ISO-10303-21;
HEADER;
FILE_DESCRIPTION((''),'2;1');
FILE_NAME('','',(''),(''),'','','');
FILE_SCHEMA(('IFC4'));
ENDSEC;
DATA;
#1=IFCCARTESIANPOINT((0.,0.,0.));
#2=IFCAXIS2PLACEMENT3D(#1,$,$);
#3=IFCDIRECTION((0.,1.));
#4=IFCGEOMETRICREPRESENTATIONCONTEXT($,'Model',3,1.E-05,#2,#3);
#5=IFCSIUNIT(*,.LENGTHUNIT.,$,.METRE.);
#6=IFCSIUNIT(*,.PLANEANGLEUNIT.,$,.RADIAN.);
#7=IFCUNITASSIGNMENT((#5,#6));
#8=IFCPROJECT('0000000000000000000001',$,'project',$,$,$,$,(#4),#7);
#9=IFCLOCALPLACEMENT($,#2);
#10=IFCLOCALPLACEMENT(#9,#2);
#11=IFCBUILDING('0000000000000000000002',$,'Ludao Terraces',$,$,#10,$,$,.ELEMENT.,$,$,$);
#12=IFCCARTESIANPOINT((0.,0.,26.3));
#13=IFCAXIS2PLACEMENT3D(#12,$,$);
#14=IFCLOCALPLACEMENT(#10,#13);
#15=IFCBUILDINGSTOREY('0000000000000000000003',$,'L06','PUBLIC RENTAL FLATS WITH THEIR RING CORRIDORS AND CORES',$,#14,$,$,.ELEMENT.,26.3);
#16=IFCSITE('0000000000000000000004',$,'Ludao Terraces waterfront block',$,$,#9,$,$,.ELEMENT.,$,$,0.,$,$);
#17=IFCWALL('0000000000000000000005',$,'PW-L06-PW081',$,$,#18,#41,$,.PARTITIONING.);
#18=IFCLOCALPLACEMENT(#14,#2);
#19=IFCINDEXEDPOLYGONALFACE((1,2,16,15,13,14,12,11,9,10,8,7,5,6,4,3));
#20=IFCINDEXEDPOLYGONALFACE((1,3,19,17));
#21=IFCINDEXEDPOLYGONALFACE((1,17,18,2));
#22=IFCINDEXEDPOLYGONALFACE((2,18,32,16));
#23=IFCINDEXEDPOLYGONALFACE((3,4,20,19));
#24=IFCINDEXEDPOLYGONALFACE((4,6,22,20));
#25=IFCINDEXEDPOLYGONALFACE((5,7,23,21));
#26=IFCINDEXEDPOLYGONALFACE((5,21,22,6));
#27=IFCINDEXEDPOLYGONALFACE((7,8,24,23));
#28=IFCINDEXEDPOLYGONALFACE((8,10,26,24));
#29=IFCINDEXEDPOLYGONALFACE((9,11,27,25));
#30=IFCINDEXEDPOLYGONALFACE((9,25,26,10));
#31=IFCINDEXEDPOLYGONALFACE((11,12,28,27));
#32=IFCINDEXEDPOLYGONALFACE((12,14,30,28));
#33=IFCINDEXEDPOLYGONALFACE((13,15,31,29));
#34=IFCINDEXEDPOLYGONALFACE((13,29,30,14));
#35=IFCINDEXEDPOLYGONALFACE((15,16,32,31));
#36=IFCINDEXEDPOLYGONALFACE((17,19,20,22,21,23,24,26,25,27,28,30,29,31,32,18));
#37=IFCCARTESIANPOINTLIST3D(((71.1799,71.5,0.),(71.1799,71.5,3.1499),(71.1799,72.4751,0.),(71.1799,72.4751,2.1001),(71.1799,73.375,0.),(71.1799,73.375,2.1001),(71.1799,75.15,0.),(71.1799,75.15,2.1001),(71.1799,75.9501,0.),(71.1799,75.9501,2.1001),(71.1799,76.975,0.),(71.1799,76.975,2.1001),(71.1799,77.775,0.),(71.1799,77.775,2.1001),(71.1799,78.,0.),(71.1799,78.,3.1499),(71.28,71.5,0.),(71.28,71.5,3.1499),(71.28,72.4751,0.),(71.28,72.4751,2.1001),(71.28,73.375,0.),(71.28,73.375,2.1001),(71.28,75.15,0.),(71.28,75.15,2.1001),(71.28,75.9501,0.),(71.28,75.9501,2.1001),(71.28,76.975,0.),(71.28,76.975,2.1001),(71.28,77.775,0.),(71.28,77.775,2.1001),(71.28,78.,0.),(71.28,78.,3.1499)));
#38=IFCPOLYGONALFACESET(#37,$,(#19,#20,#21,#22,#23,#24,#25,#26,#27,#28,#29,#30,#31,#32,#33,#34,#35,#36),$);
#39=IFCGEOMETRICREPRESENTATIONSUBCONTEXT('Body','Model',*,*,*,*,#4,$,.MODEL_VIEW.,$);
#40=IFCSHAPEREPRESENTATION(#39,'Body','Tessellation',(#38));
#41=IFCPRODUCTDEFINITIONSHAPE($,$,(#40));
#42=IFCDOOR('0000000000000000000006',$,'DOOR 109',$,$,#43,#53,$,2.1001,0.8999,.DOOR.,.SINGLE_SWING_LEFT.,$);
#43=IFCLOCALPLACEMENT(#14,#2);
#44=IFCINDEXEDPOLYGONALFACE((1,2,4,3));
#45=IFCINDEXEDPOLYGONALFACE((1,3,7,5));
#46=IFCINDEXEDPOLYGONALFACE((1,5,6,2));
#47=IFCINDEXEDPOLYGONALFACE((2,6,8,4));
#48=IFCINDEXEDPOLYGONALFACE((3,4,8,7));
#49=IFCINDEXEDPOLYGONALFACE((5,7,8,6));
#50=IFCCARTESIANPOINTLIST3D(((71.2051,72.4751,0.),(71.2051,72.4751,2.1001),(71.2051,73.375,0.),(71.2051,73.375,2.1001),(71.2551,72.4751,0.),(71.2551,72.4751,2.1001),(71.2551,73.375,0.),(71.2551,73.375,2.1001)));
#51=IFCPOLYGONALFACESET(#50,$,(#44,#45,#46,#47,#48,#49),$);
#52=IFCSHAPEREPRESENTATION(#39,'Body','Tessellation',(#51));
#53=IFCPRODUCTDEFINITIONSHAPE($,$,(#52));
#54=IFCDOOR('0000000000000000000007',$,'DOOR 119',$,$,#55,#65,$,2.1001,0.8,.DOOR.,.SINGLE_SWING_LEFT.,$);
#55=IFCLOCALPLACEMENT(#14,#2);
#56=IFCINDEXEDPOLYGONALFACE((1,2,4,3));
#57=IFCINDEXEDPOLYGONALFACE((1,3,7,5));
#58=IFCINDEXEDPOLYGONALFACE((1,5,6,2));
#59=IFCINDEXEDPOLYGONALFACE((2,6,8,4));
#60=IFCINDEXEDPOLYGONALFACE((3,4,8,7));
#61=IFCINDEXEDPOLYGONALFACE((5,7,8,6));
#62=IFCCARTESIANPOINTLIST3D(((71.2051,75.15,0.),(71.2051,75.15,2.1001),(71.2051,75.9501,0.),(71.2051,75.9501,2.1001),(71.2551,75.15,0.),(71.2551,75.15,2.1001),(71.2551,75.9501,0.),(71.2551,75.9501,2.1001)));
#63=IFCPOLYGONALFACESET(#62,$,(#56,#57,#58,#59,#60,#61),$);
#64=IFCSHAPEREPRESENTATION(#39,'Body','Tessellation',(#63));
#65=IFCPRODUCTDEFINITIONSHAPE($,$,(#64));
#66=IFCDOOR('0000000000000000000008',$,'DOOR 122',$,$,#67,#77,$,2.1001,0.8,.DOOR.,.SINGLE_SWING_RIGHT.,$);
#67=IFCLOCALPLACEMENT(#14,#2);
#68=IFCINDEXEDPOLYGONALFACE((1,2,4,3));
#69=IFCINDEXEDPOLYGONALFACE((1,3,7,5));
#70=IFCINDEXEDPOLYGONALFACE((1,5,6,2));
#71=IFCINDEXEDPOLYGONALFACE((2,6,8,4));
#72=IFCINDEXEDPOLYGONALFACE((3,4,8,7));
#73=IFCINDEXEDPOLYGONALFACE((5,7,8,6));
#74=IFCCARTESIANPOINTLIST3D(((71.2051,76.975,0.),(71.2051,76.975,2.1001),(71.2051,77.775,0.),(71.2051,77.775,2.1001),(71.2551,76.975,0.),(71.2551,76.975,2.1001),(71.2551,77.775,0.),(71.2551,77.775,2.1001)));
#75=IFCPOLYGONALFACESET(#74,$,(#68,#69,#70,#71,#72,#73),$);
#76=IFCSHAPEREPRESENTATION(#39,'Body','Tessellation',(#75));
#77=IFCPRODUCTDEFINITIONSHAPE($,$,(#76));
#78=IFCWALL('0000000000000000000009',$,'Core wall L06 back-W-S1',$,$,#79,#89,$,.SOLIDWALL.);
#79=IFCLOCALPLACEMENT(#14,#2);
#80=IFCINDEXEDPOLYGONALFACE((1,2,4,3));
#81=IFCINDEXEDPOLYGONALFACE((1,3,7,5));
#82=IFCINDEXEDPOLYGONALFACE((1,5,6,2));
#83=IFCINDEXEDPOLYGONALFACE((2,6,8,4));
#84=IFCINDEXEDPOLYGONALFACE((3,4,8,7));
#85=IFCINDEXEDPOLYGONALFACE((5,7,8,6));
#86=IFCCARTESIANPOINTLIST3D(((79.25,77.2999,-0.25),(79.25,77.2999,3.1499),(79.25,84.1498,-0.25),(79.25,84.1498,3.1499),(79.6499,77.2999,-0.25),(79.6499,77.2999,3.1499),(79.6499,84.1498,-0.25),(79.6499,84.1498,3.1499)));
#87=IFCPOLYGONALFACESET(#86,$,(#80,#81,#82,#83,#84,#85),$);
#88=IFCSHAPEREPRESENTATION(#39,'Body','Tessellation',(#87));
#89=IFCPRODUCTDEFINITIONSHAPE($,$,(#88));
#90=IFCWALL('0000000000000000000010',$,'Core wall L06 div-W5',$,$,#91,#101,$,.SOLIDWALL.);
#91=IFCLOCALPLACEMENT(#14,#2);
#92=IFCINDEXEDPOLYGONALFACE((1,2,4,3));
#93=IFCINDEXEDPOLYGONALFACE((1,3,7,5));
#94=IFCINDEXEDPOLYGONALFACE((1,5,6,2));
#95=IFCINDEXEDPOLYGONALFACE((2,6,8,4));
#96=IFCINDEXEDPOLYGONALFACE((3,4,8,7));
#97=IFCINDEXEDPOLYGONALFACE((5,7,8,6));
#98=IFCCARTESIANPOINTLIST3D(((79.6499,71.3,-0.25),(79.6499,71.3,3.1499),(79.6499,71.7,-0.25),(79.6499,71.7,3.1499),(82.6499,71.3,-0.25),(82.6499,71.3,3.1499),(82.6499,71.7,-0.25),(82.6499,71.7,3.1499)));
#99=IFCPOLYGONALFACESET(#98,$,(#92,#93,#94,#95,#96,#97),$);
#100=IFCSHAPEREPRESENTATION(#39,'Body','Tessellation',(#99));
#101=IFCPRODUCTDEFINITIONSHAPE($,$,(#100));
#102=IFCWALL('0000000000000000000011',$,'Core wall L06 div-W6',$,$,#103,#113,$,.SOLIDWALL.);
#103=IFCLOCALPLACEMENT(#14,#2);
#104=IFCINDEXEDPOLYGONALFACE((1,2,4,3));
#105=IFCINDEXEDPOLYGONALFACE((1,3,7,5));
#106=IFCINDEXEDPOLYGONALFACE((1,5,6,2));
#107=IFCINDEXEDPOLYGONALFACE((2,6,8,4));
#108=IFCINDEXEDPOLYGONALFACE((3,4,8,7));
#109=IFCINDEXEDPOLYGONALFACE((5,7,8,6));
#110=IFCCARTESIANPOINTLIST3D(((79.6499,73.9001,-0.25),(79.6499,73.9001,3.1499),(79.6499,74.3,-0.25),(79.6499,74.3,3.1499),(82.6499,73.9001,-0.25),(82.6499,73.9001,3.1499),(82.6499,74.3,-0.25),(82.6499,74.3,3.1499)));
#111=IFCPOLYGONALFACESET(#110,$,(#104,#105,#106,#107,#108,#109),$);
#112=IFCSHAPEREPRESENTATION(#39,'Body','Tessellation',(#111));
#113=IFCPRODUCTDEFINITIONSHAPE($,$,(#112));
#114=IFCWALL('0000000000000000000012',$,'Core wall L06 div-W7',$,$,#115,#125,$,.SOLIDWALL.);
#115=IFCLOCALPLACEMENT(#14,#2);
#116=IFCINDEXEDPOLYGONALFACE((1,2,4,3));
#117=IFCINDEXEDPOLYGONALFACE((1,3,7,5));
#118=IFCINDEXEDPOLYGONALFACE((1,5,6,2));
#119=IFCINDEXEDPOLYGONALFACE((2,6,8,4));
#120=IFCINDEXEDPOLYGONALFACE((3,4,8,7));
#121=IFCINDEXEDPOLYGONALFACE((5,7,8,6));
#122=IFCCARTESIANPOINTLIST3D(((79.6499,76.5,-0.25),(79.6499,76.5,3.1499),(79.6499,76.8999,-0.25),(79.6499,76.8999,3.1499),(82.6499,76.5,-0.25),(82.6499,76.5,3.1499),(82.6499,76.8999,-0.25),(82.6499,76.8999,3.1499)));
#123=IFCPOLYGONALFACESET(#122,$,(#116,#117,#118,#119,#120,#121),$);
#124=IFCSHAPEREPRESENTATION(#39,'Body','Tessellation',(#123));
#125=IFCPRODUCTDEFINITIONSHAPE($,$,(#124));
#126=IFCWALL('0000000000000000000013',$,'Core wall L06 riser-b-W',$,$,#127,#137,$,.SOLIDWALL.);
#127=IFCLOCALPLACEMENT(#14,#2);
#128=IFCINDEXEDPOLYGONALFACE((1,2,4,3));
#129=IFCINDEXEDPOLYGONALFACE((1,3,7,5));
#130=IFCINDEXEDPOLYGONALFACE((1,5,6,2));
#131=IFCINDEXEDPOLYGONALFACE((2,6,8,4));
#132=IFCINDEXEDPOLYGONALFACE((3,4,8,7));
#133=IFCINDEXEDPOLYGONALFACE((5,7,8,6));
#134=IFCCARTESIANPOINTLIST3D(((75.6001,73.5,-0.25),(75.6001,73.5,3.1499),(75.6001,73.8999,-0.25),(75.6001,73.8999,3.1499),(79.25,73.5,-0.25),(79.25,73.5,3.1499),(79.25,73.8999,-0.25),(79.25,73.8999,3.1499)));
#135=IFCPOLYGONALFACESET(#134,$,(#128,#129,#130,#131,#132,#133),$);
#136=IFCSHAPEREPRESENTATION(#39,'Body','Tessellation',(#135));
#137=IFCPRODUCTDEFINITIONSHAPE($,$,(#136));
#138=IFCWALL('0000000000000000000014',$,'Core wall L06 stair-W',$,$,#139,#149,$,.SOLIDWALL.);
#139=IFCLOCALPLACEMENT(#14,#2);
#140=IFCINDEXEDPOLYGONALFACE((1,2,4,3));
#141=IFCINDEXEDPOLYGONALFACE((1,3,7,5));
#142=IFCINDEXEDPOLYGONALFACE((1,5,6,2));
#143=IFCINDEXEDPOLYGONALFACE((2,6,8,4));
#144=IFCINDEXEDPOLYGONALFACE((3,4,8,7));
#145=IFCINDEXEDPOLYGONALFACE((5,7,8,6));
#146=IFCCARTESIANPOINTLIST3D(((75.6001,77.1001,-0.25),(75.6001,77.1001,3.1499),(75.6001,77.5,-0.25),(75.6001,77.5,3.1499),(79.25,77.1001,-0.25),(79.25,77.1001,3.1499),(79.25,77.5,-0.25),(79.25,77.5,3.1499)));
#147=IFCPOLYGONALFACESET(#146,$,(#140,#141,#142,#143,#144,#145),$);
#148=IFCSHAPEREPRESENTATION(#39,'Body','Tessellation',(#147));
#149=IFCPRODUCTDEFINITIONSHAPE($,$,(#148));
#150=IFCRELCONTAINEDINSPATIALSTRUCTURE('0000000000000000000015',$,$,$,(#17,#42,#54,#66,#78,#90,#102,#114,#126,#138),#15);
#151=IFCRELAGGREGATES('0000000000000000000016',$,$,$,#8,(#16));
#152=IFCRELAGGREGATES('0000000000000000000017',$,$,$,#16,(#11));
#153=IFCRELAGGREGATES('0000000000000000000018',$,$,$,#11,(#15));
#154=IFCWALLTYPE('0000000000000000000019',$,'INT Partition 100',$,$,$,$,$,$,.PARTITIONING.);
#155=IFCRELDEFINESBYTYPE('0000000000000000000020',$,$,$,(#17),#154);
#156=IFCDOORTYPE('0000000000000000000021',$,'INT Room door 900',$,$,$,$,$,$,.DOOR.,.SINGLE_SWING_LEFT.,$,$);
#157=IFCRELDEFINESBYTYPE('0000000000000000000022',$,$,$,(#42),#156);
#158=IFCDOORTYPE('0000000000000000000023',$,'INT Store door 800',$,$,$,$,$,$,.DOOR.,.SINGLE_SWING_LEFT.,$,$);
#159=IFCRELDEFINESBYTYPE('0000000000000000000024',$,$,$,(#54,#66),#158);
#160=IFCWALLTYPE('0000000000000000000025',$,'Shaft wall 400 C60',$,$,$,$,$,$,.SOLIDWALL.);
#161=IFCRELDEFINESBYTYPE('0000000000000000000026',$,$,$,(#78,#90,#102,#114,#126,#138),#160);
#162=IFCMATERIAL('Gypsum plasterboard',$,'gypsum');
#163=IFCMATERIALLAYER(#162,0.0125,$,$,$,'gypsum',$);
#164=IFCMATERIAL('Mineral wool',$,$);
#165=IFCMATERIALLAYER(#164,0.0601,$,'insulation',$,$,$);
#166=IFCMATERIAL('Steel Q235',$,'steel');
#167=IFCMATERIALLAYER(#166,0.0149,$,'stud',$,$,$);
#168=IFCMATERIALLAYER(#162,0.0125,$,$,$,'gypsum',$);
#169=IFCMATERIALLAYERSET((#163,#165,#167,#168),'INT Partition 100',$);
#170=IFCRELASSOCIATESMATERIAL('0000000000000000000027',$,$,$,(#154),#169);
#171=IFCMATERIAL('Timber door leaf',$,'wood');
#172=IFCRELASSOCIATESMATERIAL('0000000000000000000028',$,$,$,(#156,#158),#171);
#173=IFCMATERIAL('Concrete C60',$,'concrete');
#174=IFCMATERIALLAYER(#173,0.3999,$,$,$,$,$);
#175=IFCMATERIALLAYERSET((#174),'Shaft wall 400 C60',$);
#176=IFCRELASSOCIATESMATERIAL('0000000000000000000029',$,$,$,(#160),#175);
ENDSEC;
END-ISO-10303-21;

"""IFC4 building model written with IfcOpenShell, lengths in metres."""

from ifc_helpers import new_model, si_unit, direction, frame, frame_2d, origin, place, context, subcontext, project, spatial, rectangle, extrude, material, layer, layer_set, type_object, element, fill, save


model = new_model("IFC4")

# Units and contexts
model_context = context("Model", 3, precision=1e-05, world=origin(), true_north=direction((0.0, 1.0)))
body_context = subcontext(model_context, "Body", "Model", "MODEL_VIEW")
ifc_project = project(units=[si_unit("LENGTHUNIT", "METRE"), si_unit("PLANEANGLEUNIT", "RADIAN")], contexts=[model_context])

# Site, building, storey
site_placement = place(None, origin())
site = spatial("IfcSite", under=ifc_project, at=site_placement, Name="Ludao Terraces waterfront block", CompositionType="ELEMENT", RefElevation=0.0)
building_placement = place(site_placement, origin())
building = spatial("IfcBuilding", under=site, at=building_placement, Name="Ludao Terraces", CompositionType="ELEMENT")
storey_placement = place(building_placement, frame((0.0, 0.0, 26.3)))
storey = spatial("IfcBuildingStorey", under=building, at=storey_placement, Name="L06", Description="PUBLIC RENTAL FLATS WITH THEIR RING CORRIDORS AND CORES", CompositionType="ELEMENT", Elevation=26.3)

# Shared definitions
ifc_material_1 = material(Name="Concrete C60", Category="concrete")

# Shared definitions
ifc_material_2 = material(Name="Steel Q235", Category="steel")

# Shared definitions
ifc_material_3 = material(Name="Gypsum plasterboard", Category="gypsum")
ifc_layer_1 = layer(ifc_material_3, 0.0125, Category="gypsum")
ifc_material_4 = material(Name="Mineral wool")
ifc_layer_2 = layer(ifc_material_4, 0.0601, Name="insulation")
ifc_layer_3 = layer(ifc_material_2, 0.0149, Name="stud")
ifc_layer_4 = layer(ifc_material_3, 0.0125, Category="gypsum")
ifc_layer_set_1 = layer_set([ifc_layer_1, ifc_layer_2, ifc_layer_3, ifc_layer_4], Name="INT Partition 100")
wall_type_1 = type_object("IfcWallType", Name="INT Partition 100", PredefinedType="PARTITIONING", material=ifc_layer_set_1)

# Wall, openings, doors
wall_1_placement = place(storey_placement, frame((71.23, 71.5, 0.0), z_axis=(0.0, 0.0, 1.0), x_axis=(0.0, 1.0, 0.0)))
wall_1 = element("IfcWall", 1, at=wall_1_placement, inside=storey, type_object=wall_type_1, Name="PW-L06-PW081", PredefinedType="PARTITIONING", context=body_context, shape_type="SweptSolid", body=[
    extrude(rectangle(XDim=6.5, YDim=0.1001, at=frame_2d((3.25, 0.0))), origin(), (0.0, 0.0, 1.0), 3.1499),
])
opening_1_placement = place(wall_1_placement, frame((0.9751, 0.0, 0.0)))
opening_1 = element("IfcOpeningElement", 2, at=opening_1_placement, cuts=wall_1, PredefinedType="OPENING", context=body_context, shape_type="SweptSolid", body=[
    extrude(rectangle(XDim=0.8999, YDim=2.1001, at=frame_2d((0.45, 1.05))), frame((0.0, 0.0601, 0.0), z_axis=(0.0, -1.0, 0.0), x_axis=(1.0, 0.0, 0.0)), (0.0, 0.0, 1.0), 0.1201),
])
opening_2_placement = place(wall_1_placement, frame((3.6501, 0.0, 0.0)))
opening_2 = element("IfcOpeningElement", 3, at=opening_2_placement, cuts=wall_1, PredefinedType="OPENING", context=body_context, shape_type="SweptSolid", body=[
    extrude(rectangle(XDim=0.8, YDim=2.1001, at=frame_2d((0.3999, 1.05))), frame((0.0, 0.0601, 0.0), z_axis=(0.0, -1.0, 0.0), x_axis=(1.0, 0.0, 0.0)), (0.0, 0.0, 1.0), 0.1201),
])
opening_3_placement = place(wall_1_placement, frame((5.4751, 0.0, 0.0)))
opening_3 = element("IfcOpeningElement", 4, at=opening_3_placement, cuts=wall_1, PredefinedType="OPENING", context=body_context, shape_type="SweptSolid", body=[
    extrude(rectangle(XDim=0.8, YDim=2.1001, at=frame_2d((0.3999, 1.05))), frame((0.0, 0.0601, 0.0), z_axis=(0.0, -1.0, 0.0), x_axis=(1.0, 0.0, 0.0)), (0.0, 0.0, 1.0), 0.1201),
])
ifc_material_5 = material(Name="Timber door leaf", Category="wood")
door_type_1 = type_object("IfcDoorType", Name="INT Room door 900", OperationType="SINGLE_SWING_LEFT", PredefinedType="DOOR", material=ifc_material_5)
door_1_placement = place(opening_1_placement, origin())
door_1 = element("IfcDoor", 5, at=door_1_placement, inside=storey, type_object=door_type_1, Name="DOOR 109", OperationType="SINGLE_SWING_LEFT", OverallHeight=2.1001, OverallWidth=0.8999, PredefinedType="DOOR", context=body_context, shape_type="SweptSolid", body=[
    extrude(rectangle(XDim=0.8999, YDim=2.1001, at=frame_2d((0.45, 1.05))), frame((0.0, 0.0249, 0.0), z_axis=(0.0, -1.0, 0.0), x_axis=(1.0, 0.0, 0.0)), (0.0, 0.0, 1.0), 0.05),
])
fill(opening_1, door_1)
door_type_2 = type_object("IfcDoorType", Name="INT Store door 800", OperationType="SINGLE_SWING_LEFT", PredefinedType="DOOR", material=ifc_material_5)
door_2_placement = place(opening_2_placement, origin())
door_2 = element("IfcDoor", 6, at=door_2_placement, inside=storey, type_object=door_type_2, Name="DOOR 119", OperationType="SINGLE_SWING_LEFT", OverallHeight=2.1001, OverallWidth=0.8, PredefinedType="DOOR", context=body_context, shape_type="SweptSolid", body=[
    extrude(rectangle(XDim=0.8, YDim=2.1001, at=frame_2d((0.3999, 1.05))), frame((0.0, 0.0249, 0.0), z_axis=(0.0, -1.0, 0.0), x_axis=(1.0, 0.0, 0.0)), (0.0, 0.0, 1.0), 0.05),
])
fill(opening_2, door_2)
door_3_placement = place(opening_3_placement, origin())
door_3 = element("IfcDoor", 7, at=door_3_placement, inside=storey, type_object=door_type_2, Name="DOOR 122", OperationType="SINGLE_SWING_RIGHT", OverallHeight=2.1001, OverallWidth=0.8, PredefinedType="DOOR", context=body_context, shape_type="SweptSolid", body=[
    extrude(rectangle(XDim=0.8, YDim=2.1001, at=frame_2d((0.3999, 1.05))), frame((0.0, 0.0249, 0.0), z_axis=(0.0, -1.0, 0.0), x_axis=(1.0, 0.0, 0.0)), (0.0, 0.0, 1.0), 0.05),
])
fill(opening_3, door_3)

# Walls
ifc_layer_5 = layer(ifc_material_1, 0.3999)
ifc_layer_set_2 = layer_set([ifc_layer_5], Name="Shaft wall 400 C60")
wall_type_2 = type_object("IfcWallType", Name="Shaft wall 400 C60", PredefinedType="SOLIDWALL", material=ifc_layer_set_2)
wall_2_placement = place(storey_placement, frame((79.45, 77.3, -0.25), z_axis=(0.0, 0.0, 1.0), x_axis=(0.0, 1.0, 0.0)))
element("IfcWall", 8, at=wall_2_placement, inside=storey, type_object=wall_type_2, Name="Core wall L06 back-W-S1", PredefinedType="SOLIDWALL", context=body_context, shape_type="SweptSolid", body=[
    extrude(rectangle(XDim=6.8499, YDim=0.3999, at=frame_2d((3.4248, 0.0))), origin(), (0.0, 0.0, 1.0), 3.3999),
])
for number, where, z_axis, x_axis, name in (
    (9, (79.6499, 71.5, -0.25), (0.0, 0.0, 1.0), (1.0, 0.0, 0.0), "Core wall L06 div-W5"),
    (10, (79.6499, 74.1001, -0.25), (0.0, 0.0, 1.0), (1.0, 0.0, 0.0), "Core wall L06 div-W6"),
    (11, (79.6499, 76.7, -0.25), (0.0, 0.0, 1.0), (1.0, 0.0, 0.0), "Core wall L06 div-W7"),
):
    element("IfcWall", number, at=place(storey_placement, frame(where, z_axis=z_axis, x_axis=x_axis)), inside=storey, type_object=wall_type_2, Name=name, PredefinedType="SOLIDWALL", context=body_context, shape_type="SweptSolid", body=[
        extrude(rectangle(XDim=3.0, YDim=0.3999, at=frame_2d((1.5, 0.0))), origin(), (0.0, 0.0, 1.0), 3.3999),
    ])
for number, where, z_axis, x_axis, name in (
    (12, (75.6001, 73.7, -0.25), (0.0, 0.0, 1.0), (1.0, 0.0, 0.0), "Core wall L06 riser-b-W"),
    (13, (75.6001, 77.3, -0.25), (0.0, 0.0, 1.0), (1.0, 0.0, 0.0), "Core wall L06 stair-W"),
):
    element("IfcWall", number, at=place(storey_placement, frame(where, z_axis=z_axis, x_axis=x_axis)), inside=storey, type_object=wall_type_2, Name=name, PredefinedType="SOLIDWALL", context=body_context, shape_type="SweptSolid", body=[
        extrude(rectangle(XDim=3.6499, YDim=0.3999, at=frame_2d((1.825, 0.0))), origin(), (0.0, 0.0, 1.0), 3.3999),
    ])

save(model, "model.ifc")
